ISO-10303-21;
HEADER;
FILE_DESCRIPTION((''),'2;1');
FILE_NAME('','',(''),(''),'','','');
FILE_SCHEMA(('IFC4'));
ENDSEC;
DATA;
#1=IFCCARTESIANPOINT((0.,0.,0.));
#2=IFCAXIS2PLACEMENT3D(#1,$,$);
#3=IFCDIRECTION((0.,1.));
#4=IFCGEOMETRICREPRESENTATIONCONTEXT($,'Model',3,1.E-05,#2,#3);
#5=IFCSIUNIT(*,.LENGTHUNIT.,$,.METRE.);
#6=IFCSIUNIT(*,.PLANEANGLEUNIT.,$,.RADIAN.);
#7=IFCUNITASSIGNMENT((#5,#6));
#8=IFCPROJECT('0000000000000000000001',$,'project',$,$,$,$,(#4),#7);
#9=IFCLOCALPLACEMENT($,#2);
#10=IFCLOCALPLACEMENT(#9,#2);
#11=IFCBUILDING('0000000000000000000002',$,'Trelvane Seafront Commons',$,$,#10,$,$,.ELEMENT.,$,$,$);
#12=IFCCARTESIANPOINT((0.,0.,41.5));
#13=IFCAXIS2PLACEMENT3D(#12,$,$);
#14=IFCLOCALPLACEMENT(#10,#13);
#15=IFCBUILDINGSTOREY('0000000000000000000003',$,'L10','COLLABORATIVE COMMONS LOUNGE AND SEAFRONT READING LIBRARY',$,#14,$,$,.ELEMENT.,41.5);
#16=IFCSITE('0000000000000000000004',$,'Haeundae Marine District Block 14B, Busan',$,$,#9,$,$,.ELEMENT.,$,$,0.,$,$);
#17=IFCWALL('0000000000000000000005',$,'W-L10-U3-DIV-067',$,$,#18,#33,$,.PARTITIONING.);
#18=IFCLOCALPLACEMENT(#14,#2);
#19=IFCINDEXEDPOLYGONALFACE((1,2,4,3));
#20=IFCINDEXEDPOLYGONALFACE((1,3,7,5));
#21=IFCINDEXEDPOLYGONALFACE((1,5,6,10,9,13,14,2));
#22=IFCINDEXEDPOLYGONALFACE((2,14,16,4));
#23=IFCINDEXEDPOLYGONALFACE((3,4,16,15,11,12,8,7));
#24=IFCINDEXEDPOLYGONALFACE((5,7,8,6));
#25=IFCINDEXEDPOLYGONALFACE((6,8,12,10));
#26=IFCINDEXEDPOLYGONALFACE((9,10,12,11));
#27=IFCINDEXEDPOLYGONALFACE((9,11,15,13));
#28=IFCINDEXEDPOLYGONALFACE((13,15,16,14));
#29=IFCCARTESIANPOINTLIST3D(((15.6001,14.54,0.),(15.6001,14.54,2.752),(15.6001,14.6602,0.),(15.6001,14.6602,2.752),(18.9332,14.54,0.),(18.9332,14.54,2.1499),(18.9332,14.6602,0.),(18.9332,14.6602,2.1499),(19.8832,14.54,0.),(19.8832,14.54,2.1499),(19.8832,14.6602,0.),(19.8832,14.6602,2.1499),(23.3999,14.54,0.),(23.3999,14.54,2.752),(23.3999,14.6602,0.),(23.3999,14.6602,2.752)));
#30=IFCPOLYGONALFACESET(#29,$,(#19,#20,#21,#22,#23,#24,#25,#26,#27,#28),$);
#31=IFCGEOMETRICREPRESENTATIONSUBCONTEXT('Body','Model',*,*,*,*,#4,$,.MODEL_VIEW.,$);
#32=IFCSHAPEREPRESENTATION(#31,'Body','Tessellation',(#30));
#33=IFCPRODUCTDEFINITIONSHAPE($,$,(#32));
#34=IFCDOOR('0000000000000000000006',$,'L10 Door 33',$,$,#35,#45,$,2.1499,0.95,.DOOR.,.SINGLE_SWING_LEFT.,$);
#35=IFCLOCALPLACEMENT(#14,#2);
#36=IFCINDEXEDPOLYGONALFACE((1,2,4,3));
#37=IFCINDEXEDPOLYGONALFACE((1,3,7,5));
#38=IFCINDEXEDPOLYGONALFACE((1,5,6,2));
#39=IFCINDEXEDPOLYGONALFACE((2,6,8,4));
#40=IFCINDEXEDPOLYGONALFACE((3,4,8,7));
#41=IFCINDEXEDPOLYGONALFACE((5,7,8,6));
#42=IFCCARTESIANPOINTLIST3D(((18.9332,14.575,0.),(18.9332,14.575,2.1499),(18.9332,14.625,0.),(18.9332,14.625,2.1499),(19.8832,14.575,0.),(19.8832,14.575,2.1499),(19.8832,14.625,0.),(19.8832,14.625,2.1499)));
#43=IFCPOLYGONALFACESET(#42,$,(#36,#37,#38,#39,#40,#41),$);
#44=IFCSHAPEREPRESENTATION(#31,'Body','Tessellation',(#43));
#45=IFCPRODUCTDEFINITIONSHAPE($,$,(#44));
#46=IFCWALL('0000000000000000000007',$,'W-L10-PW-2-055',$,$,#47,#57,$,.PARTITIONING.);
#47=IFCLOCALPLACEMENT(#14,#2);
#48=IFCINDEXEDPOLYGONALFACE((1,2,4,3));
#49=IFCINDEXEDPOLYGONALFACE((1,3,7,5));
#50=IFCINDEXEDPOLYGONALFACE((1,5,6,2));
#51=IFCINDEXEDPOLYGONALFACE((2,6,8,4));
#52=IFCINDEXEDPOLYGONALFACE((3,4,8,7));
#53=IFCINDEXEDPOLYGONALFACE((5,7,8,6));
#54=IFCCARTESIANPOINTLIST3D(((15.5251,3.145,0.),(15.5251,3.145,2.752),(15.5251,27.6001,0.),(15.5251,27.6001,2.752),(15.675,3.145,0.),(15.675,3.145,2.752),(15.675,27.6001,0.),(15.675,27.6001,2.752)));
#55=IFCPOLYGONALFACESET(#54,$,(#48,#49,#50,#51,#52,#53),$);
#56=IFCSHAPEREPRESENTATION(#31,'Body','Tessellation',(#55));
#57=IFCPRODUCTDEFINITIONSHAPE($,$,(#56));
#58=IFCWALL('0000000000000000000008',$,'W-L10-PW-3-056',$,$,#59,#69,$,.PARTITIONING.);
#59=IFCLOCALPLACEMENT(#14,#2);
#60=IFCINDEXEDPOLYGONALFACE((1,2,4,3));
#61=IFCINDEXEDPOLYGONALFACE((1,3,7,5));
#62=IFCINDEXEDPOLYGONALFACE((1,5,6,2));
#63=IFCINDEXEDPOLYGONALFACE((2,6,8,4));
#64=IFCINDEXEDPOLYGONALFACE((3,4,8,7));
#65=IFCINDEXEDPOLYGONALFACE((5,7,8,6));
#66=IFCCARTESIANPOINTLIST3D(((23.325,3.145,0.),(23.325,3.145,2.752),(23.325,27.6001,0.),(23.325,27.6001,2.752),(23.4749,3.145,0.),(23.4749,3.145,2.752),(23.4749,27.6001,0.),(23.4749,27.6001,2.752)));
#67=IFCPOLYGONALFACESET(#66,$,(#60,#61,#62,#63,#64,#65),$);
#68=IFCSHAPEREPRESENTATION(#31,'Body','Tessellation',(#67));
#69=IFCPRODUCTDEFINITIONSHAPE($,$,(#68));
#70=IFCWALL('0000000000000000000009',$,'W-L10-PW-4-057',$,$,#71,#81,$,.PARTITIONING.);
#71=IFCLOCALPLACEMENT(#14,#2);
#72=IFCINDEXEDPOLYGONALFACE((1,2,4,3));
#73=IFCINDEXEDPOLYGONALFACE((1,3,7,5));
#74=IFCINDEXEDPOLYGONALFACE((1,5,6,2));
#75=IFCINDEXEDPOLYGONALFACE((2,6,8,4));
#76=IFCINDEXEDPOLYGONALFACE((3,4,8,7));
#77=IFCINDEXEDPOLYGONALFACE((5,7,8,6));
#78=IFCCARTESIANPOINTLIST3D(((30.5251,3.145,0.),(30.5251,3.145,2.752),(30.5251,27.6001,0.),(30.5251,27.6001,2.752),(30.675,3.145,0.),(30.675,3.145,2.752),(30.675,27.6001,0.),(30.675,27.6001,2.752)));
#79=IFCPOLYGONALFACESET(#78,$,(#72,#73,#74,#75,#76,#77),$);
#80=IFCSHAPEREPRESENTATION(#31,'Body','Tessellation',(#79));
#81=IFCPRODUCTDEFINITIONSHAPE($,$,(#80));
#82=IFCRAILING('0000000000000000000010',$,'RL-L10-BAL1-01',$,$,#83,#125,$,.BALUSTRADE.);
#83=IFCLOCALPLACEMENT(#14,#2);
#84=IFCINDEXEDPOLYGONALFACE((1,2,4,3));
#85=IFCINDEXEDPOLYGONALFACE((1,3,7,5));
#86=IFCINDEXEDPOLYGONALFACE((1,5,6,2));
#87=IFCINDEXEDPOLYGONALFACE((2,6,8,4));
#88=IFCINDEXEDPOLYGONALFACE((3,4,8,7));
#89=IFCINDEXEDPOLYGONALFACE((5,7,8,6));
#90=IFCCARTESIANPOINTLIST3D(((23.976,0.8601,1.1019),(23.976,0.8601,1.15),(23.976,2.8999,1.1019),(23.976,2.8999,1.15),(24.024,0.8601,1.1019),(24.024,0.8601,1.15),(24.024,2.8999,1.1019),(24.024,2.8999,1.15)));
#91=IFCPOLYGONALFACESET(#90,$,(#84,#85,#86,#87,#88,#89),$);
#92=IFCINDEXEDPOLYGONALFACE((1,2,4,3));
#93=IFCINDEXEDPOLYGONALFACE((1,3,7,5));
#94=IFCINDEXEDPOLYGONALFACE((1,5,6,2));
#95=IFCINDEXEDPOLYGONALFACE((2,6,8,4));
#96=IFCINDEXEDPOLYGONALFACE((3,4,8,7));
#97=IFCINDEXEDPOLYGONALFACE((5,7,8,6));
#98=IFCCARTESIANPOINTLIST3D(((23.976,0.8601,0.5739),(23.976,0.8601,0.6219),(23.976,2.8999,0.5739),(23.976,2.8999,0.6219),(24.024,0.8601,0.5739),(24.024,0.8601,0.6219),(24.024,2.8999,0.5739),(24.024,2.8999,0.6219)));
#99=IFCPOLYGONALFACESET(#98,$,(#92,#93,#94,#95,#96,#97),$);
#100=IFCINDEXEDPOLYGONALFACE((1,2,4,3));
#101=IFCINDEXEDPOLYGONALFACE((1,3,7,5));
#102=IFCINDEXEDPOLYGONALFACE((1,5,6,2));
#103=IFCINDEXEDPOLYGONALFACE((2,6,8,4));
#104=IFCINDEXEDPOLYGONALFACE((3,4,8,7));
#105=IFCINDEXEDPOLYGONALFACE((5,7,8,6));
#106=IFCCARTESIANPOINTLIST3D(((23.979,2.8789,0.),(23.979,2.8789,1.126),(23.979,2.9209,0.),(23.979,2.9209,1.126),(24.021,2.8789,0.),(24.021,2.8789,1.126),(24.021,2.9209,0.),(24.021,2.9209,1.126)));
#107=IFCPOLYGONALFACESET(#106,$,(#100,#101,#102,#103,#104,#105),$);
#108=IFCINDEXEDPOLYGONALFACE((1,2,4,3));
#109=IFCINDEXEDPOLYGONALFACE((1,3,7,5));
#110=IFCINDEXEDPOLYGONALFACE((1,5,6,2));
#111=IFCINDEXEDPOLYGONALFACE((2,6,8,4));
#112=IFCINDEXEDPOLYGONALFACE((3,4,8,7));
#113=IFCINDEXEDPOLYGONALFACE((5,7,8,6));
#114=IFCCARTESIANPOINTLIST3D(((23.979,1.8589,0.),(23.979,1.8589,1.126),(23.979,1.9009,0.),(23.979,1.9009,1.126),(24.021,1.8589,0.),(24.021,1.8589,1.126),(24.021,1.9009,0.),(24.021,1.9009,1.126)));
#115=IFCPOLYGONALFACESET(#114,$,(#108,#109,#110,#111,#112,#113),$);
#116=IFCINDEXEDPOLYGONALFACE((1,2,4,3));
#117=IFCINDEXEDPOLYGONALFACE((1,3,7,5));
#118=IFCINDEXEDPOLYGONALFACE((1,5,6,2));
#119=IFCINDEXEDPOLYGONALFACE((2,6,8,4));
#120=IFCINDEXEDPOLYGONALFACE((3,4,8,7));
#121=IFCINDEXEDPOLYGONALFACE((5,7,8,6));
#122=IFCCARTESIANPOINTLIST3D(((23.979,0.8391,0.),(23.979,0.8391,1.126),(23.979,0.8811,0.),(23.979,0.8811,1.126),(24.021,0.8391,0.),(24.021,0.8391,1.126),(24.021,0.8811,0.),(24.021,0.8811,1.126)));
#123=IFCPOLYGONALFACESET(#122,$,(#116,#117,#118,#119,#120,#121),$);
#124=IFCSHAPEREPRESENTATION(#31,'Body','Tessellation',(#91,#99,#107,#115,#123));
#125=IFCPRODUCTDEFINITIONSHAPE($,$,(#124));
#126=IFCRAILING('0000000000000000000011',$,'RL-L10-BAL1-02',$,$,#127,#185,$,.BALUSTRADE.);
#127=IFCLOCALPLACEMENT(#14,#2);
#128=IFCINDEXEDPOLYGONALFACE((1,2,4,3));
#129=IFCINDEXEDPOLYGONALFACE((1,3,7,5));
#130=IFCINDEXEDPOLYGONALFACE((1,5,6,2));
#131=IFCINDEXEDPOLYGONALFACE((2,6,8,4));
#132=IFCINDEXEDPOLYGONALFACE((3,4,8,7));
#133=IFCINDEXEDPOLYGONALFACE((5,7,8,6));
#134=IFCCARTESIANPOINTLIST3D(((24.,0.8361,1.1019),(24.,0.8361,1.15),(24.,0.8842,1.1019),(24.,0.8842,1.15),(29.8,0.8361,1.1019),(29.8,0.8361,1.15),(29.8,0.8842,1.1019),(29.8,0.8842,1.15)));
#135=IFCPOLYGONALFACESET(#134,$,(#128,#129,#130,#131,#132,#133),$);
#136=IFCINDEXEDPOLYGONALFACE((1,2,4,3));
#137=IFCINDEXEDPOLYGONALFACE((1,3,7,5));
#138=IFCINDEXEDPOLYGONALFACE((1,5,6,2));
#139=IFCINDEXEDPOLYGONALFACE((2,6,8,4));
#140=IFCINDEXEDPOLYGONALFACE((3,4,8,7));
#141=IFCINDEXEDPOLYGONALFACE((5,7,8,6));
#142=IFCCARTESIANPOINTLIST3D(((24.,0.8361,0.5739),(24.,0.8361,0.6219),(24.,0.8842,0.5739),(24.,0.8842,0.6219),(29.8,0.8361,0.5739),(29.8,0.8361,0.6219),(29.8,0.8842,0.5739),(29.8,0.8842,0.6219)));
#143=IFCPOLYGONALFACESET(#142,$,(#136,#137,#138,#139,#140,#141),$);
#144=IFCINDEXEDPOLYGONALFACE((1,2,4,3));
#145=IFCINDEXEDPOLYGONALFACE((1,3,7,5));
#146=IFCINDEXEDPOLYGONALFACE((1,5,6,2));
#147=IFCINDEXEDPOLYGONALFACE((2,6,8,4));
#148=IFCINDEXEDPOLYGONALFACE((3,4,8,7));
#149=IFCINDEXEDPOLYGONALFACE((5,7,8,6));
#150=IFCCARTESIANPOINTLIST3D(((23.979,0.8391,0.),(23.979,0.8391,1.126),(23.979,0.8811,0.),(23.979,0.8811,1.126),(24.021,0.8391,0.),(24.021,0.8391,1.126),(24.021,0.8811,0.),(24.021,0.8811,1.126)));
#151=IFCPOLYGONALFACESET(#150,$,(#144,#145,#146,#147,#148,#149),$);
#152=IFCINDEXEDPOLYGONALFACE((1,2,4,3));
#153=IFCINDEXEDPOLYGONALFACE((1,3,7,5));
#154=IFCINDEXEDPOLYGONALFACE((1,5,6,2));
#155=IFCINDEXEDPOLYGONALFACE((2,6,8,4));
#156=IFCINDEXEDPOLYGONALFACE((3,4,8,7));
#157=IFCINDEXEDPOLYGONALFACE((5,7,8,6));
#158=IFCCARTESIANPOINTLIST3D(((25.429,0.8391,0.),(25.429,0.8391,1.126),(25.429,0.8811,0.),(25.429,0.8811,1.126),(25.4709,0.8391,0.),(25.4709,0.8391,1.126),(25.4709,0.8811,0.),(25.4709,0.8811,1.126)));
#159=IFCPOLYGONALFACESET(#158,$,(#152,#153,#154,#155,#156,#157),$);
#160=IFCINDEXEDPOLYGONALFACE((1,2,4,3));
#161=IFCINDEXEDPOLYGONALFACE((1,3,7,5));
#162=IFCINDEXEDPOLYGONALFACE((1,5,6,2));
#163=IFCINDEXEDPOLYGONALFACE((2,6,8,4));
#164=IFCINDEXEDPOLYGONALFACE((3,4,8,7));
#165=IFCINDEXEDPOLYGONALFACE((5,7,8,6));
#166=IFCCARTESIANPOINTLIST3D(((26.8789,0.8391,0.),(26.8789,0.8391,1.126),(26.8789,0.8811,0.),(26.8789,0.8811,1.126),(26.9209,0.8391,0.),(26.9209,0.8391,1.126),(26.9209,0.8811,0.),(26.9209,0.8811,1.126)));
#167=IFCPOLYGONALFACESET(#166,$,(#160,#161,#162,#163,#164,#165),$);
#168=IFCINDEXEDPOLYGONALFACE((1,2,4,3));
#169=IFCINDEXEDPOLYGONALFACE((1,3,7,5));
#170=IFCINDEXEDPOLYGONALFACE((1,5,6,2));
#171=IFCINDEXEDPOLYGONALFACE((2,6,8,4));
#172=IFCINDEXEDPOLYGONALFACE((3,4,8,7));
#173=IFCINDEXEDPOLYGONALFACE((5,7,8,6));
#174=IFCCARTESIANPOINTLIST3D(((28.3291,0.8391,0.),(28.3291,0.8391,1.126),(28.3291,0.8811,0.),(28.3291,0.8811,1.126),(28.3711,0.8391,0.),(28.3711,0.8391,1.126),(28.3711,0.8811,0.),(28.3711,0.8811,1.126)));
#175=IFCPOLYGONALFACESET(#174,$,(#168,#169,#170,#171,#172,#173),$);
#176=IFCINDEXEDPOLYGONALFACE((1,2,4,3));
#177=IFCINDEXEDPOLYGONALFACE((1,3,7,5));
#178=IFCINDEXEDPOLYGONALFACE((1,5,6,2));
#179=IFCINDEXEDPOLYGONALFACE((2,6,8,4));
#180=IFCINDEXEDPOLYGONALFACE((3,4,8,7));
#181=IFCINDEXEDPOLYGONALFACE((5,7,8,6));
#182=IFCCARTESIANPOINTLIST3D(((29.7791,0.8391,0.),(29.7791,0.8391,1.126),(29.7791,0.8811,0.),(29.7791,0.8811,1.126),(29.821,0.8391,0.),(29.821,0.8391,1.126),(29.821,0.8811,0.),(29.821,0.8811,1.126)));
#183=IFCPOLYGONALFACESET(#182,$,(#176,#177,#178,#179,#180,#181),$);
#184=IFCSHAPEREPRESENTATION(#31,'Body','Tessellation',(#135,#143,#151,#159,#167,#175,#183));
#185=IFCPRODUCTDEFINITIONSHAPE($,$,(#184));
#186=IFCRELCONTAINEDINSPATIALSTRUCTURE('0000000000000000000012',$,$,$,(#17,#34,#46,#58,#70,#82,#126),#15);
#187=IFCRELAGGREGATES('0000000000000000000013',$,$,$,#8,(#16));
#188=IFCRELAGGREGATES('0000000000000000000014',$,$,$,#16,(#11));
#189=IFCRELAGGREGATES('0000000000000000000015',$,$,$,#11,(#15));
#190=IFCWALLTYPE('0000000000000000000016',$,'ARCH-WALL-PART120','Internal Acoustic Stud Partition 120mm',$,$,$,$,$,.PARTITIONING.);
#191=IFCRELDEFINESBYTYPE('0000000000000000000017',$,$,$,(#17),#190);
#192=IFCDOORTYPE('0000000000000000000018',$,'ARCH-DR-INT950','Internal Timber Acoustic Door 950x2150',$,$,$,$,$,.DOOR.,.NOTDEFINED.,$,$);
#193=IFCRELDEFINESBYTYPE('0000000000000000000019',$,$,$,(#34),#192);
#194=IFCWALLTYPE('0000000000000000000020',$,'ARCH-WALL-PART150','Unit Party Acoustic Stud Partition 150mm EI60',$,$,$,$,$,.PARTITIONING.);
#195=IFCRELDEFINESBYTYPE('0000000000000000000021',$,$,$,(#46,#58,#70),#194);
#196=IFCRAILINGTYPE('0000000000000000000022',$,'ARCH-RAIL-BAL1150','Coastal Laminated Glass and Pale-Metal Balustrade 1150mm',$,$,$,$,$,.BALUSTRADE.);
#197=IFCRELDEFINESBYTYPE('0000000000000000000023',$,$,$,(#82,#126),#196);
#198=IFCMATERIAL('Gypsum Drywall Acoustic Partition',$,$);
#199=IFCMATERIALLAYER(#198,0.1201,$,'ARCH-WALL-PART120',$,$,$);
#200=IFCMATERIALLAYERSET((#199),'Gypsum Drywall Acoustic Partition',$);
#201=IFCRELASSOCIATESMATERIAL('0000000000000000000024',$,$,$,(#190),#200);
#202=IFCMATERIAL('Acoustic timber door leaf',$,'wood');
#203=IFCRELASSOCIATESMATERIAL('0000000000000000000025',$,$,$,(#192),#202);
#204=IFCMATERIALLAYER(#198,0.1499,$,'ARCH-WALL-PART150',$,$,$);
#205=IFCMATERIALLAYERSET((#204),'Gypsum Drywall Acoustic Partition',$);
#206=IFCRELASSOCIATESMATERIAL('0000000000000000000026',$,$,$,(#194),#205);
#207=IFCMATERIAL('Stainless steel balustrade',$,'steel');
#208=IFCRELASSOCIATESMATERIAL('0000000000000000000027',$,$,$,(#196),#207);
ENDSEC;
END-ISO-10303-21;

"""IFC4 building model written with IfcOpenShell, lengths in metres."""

from ifc_helpers import new_model, si_unit, direction, frame, frame_2d, origin, origin_2d, place, context, subcontext, project, spatial, rectangle, extrude, source, transform, mapped, material, layer, layer_set, type_object, element, fill, save


model = new_model("IFC4")

# Units and contexts
model_context = context("Model", 3, precision=1e-05, world=origin(), true_north=direction((0.0, 1.0)))
body_context = subcontext(model_context, "Body", "Model", "MODEL_VIEW")
ifc_project = project(units=[si_unit("LENGTHUNIT", "METRE"), si_unit("PLANEANGLEUNIT", "RADIAN")], contexts=[model_context])

# Site, building, storey
site_placement = place(None, origin())
site = spatial("IfcSite", under=ifc_project, at=site_placement, Name="Haeundae Marine District Block 14B, Busan", CompositionType="ELEMENT", RefElevation=0.0)
building_placement = place(site_placement, origin())
building = spatial("IfcBuilding", under=site, at=building_placement, Name="Trelvane Seafront Commons", CompositionType="ELEMENT")
storey_placement = place(building_placement, frame((0.0, 0.0, 41.5)))
storey = spatial("IfcBuildingStorey", under=building, at=storey_placement, Name="L10", Description="COLLABORATIVE COMMONS LOUNGE AND SEAFRONT READING LIBRARY", CompositionType="ELEMENT", Elevation=41.5)

# Wall, opening, door
ifc_material_1 = material(Name="Gypsum Drywall Acoustic Partition")
ifc_layer_1 = layer(ifc_material_1, 0.1201, Name="ARCH-WALL-PART120")
ifc_layer_set_1 = layer_set([ifc_layer_1], Name="Gypsum Drywall Acoustic Partition")
wall_type_1 = type_object("IfcWallType", Name="ARCH-WALL-PART120", Description="Internal Acoustic Stud Partition 120mm", PredefinedType="PARTITIONING", material=ifc_layer_set_1)
wall_placement = place(storey_placement, frame((15.6001, 14.6001, 0.0), z_axis=(0.0, 0.0, 1.0), x_axis=(1.0, 0.0, 0.0)))
wall = element("IfcWall", 1, at=wall_placement, inside=storey, type_object=wall_type_1, Name="W-L10-U3-DIV-067", PredefinedType="PARTITIONING", context=body_context, shape_type="SweptSolid", body=[
    extrude(rectangle(XDim=7.7998, YDim=0.1201, at=frame_2d((3.8999, 0.0))), origin(), (0.0, 0.0, 1.0), 2.752),
])
opening_placement = place(wall_placement, frame((3.333, 0.0, 0.0)))
opening = element("IfcOpeningElement", 2, at=opening_placement, cuts=wall, PredefinedType="OPENING", context=body_context, shape_type="SweptSolid", body=[
    extrude(rectangle(XDim=0.95, YDim=2.1499, at=frame_2d((0.4751, 1.075))), frame((0.0, 0.0701, 0.0), z_axis=(0.0, -1.0, 0.0), x_axis=(1.0, 0.0, 0.0)), (0.0, 0.0, 1.0), 0.1401),
])
ifc_material_2 = material(Name="Acoustic timber door leaf", Category="wood")
door_type = type_object("IfcDoorType", Name="ARCH-DR-INT950", Description="Internal Timber Acoustic Door 950x2150", OperationType="NOTDEFINED", PredefinedType="DOOR", material=ifc_material_2)
shared_shape_1 = source(origin(), body_context, "Body", "SweptSolid", [
    extrude(rectangle(XDim=0.95, YDim=2.1499, at=frame_2d((0.4751, 1.075))), frame((0.0, 0.0249, 0.0), z_axis=(0.0, -1.0, 0.0), x_axis=(1.0, 0.0, 0.0)), (0.0, 0.0, 1.0), 0.05),
])
door_placement = place(opening_placement, origin())
door = element("IfcDoor", 3, at=door_placement, inside=storey, type_object=door_type, Name="L10 Door 33", OperationType="SINGLE_SWING_LEFT", OverallHeight=2.1499, OverallWidth=0.95, PredefinedType="DOOR", context=body_context, shape_type="MappedRepresentation", body=[
    mapped(shared_shape_1, transform((0.0, 0.0, 0.0), x_axis=(1.0, 0.0, 0.0), y_axis=(0.0, 1.0, 0.0), z_axis=(0.0, 0.0, 1.0), scale=1.0)),
])
fill(opening, door)

# Walls
ifc_layer_2 = layer(ifc_material_1, 0.1499, Name="ARCH-WALL-PART150")
ifc_layer_set_2 = layer_set([ifc_layer_2], Name="Gypsum Drywall Acoustic Partition")
wall_type_2 = type_object("IfcWallType", Name="ARCH-WALL-PART150", Description="Unit Party Acoustic Stud Partition 150mm EI60", PredefinedType="PARTITIONING", material=ifc_layer_set_2)
for number, where, z_axis, x_axis, name in (
    (4, (15.6001, 3.145, 0.0), (0.0, 0.0, 1.0), (0.0, 1.0, 0.0), "W-L10-PW-2-055"),
    (5, (23.3999, 3.145, 0.0), (0.0, 0.0, 1.0), (0.0, 1.0, 0.0), "W-L10-PW-3-056"),
    (6, (30.6001, 3.145, 0.0), (0.0, 0.0, 1.0), (0.0, 1.0, 0.0), "W-L10-PW-4-057"),
):
    element("IfcWall", number, at=place(storey_placement, frame(where, z_axis=z_axis, x_axis=x_axis)), inside=storey, type_object=wall_type_2, Name=name, PredefinedType="PARTITIONING", context=body_context, shape_type="SweptSolid", body=[
        extrude(rectangle(XDim=24.4551, YDim=0.1499, at=frame_2d((12.2275, 0.0))), origin(), (0.0, 0.0, 1.0), 2.752),
    ])

# Railings
ifc_material_3 = material(Name="Stainless steel balustrade", Category="steel")
railing_type = type_object("IfcRailingType", Name="ARCH-RAIL-BAL1150", Description="Coastal Laminated Glass and Pale-Metal Balustrade 1150mm", PredefinedType="BALUSTRADE", material=ifc_material_3)
railing_1_placement = place(storey_placement, frame((24.0, 2.8999, 0.0)))
element("IfcRailing", 7, at=railing_1_placement, inside=storey, type_object=railing_type, Name="RL-L10-BAL1-01", PredefinedType="BALUSTRADE", context=body_context, shape_type="SweptSolid", body=[
    extrude(rectangle(XDim=0.0481, YDim=0.0481, at=origin_2d()), frame((0.0, 0.0, 1.126), z_axis=(0.0, -1.0, 0.0), x_axis=(1.0, 0.0, 0.0)), (0.0, 0.0, 1.0), 2.0398),
    extrude(rectangle(XDim=0.0481, YDim=0.0481, at=origin_2d()), frame((0.0, 0.0, 0.5979), z_axis=(0.0, -1.0, 0.0), x_axis=(1.0, 0.0, 0.0)), (0.0, 0.0, 1.0), 2.0398),
    extrude(rectangle(XDim=0.042, YDim=0.042, at=origin_2d()), origin(), (0.0, 0.0, 1.0), 1.126),
    extrude(rectangle(XDim=0.042, YDim=0.042, at=origin_2d()), frame((0.0, -1.02, 0.0)), (0.0, 0.0, 1.0), 1.126),
    extrude(rectangle(XDim=0.042, YDim=0.042, at=origin_2d()), frame((0.0, -2.0398, 0.0)), (0.0, 0.0, 1.0), 1.126),
])
railing_2_placement = place(storey_placement, frame((24.0, 0.8601, 0.0)))
element("IfcRailing", 8, at=railing_2_placement, inside=storey, type_object=railing_type, Name="RL-L10-BAL1-02", PredefinedType="BALUSTRADE", context=body_context, shape_type="SweptSolid", body=[
    extrude(rectangle(XDim=0.0481, YDim=0.0481, at=origin_2d()), frame((0.0, 0.0, 1.126), z_axis=(1.0, 0.0, 0.0), x_axis=(0.0, 1.0, 0.0)), (0.0, 0.0, 1.0), 5.8),
    extrude(rectangle(XDim=0.0481, YDim=0.0481, at=origin_2d()), frame((0.0, 0.0, 0.5979), z_axis=(1.0, 0.0, 0.0), x_axis=(0.0, 1.0, 0.0)), (0.0, 0.0, 1.0), 5.8),
    extrude(rectangle(XDim=0.042, YDim=0.042, at=origin_2d()), origin(), (0.0, 0.0, 1.0), 1.126),
    extrude(rectangle(XDim=0.042, YDim=0.042, at=origin_2d()), frame((1.45, 0.0, 0.0)), (0.0, 0.0, 1.0), 1.126),
    extrude(rectangle(XDim=0.042, YDim=0.042, at=origin_2d()), frame((2.8999, 0.0, 0.0)), (0.0, 0.0, 1.0), 1.126),
    extrude(rectangle(XDim=0.042, YDim=0.042, at=origin_2d()), frame((4.3501, 0.0, 0.0)), (0.0, 0.0, 1.0), 1.126),
    extrude(rectangle(XDim=0.042, YDim=0.042, at=origin_2d()), frame((5.8, 0.0, 0.0)), (0.0, 0.0, 1.0), 1.126),
])

save(model, "model.ifc")
